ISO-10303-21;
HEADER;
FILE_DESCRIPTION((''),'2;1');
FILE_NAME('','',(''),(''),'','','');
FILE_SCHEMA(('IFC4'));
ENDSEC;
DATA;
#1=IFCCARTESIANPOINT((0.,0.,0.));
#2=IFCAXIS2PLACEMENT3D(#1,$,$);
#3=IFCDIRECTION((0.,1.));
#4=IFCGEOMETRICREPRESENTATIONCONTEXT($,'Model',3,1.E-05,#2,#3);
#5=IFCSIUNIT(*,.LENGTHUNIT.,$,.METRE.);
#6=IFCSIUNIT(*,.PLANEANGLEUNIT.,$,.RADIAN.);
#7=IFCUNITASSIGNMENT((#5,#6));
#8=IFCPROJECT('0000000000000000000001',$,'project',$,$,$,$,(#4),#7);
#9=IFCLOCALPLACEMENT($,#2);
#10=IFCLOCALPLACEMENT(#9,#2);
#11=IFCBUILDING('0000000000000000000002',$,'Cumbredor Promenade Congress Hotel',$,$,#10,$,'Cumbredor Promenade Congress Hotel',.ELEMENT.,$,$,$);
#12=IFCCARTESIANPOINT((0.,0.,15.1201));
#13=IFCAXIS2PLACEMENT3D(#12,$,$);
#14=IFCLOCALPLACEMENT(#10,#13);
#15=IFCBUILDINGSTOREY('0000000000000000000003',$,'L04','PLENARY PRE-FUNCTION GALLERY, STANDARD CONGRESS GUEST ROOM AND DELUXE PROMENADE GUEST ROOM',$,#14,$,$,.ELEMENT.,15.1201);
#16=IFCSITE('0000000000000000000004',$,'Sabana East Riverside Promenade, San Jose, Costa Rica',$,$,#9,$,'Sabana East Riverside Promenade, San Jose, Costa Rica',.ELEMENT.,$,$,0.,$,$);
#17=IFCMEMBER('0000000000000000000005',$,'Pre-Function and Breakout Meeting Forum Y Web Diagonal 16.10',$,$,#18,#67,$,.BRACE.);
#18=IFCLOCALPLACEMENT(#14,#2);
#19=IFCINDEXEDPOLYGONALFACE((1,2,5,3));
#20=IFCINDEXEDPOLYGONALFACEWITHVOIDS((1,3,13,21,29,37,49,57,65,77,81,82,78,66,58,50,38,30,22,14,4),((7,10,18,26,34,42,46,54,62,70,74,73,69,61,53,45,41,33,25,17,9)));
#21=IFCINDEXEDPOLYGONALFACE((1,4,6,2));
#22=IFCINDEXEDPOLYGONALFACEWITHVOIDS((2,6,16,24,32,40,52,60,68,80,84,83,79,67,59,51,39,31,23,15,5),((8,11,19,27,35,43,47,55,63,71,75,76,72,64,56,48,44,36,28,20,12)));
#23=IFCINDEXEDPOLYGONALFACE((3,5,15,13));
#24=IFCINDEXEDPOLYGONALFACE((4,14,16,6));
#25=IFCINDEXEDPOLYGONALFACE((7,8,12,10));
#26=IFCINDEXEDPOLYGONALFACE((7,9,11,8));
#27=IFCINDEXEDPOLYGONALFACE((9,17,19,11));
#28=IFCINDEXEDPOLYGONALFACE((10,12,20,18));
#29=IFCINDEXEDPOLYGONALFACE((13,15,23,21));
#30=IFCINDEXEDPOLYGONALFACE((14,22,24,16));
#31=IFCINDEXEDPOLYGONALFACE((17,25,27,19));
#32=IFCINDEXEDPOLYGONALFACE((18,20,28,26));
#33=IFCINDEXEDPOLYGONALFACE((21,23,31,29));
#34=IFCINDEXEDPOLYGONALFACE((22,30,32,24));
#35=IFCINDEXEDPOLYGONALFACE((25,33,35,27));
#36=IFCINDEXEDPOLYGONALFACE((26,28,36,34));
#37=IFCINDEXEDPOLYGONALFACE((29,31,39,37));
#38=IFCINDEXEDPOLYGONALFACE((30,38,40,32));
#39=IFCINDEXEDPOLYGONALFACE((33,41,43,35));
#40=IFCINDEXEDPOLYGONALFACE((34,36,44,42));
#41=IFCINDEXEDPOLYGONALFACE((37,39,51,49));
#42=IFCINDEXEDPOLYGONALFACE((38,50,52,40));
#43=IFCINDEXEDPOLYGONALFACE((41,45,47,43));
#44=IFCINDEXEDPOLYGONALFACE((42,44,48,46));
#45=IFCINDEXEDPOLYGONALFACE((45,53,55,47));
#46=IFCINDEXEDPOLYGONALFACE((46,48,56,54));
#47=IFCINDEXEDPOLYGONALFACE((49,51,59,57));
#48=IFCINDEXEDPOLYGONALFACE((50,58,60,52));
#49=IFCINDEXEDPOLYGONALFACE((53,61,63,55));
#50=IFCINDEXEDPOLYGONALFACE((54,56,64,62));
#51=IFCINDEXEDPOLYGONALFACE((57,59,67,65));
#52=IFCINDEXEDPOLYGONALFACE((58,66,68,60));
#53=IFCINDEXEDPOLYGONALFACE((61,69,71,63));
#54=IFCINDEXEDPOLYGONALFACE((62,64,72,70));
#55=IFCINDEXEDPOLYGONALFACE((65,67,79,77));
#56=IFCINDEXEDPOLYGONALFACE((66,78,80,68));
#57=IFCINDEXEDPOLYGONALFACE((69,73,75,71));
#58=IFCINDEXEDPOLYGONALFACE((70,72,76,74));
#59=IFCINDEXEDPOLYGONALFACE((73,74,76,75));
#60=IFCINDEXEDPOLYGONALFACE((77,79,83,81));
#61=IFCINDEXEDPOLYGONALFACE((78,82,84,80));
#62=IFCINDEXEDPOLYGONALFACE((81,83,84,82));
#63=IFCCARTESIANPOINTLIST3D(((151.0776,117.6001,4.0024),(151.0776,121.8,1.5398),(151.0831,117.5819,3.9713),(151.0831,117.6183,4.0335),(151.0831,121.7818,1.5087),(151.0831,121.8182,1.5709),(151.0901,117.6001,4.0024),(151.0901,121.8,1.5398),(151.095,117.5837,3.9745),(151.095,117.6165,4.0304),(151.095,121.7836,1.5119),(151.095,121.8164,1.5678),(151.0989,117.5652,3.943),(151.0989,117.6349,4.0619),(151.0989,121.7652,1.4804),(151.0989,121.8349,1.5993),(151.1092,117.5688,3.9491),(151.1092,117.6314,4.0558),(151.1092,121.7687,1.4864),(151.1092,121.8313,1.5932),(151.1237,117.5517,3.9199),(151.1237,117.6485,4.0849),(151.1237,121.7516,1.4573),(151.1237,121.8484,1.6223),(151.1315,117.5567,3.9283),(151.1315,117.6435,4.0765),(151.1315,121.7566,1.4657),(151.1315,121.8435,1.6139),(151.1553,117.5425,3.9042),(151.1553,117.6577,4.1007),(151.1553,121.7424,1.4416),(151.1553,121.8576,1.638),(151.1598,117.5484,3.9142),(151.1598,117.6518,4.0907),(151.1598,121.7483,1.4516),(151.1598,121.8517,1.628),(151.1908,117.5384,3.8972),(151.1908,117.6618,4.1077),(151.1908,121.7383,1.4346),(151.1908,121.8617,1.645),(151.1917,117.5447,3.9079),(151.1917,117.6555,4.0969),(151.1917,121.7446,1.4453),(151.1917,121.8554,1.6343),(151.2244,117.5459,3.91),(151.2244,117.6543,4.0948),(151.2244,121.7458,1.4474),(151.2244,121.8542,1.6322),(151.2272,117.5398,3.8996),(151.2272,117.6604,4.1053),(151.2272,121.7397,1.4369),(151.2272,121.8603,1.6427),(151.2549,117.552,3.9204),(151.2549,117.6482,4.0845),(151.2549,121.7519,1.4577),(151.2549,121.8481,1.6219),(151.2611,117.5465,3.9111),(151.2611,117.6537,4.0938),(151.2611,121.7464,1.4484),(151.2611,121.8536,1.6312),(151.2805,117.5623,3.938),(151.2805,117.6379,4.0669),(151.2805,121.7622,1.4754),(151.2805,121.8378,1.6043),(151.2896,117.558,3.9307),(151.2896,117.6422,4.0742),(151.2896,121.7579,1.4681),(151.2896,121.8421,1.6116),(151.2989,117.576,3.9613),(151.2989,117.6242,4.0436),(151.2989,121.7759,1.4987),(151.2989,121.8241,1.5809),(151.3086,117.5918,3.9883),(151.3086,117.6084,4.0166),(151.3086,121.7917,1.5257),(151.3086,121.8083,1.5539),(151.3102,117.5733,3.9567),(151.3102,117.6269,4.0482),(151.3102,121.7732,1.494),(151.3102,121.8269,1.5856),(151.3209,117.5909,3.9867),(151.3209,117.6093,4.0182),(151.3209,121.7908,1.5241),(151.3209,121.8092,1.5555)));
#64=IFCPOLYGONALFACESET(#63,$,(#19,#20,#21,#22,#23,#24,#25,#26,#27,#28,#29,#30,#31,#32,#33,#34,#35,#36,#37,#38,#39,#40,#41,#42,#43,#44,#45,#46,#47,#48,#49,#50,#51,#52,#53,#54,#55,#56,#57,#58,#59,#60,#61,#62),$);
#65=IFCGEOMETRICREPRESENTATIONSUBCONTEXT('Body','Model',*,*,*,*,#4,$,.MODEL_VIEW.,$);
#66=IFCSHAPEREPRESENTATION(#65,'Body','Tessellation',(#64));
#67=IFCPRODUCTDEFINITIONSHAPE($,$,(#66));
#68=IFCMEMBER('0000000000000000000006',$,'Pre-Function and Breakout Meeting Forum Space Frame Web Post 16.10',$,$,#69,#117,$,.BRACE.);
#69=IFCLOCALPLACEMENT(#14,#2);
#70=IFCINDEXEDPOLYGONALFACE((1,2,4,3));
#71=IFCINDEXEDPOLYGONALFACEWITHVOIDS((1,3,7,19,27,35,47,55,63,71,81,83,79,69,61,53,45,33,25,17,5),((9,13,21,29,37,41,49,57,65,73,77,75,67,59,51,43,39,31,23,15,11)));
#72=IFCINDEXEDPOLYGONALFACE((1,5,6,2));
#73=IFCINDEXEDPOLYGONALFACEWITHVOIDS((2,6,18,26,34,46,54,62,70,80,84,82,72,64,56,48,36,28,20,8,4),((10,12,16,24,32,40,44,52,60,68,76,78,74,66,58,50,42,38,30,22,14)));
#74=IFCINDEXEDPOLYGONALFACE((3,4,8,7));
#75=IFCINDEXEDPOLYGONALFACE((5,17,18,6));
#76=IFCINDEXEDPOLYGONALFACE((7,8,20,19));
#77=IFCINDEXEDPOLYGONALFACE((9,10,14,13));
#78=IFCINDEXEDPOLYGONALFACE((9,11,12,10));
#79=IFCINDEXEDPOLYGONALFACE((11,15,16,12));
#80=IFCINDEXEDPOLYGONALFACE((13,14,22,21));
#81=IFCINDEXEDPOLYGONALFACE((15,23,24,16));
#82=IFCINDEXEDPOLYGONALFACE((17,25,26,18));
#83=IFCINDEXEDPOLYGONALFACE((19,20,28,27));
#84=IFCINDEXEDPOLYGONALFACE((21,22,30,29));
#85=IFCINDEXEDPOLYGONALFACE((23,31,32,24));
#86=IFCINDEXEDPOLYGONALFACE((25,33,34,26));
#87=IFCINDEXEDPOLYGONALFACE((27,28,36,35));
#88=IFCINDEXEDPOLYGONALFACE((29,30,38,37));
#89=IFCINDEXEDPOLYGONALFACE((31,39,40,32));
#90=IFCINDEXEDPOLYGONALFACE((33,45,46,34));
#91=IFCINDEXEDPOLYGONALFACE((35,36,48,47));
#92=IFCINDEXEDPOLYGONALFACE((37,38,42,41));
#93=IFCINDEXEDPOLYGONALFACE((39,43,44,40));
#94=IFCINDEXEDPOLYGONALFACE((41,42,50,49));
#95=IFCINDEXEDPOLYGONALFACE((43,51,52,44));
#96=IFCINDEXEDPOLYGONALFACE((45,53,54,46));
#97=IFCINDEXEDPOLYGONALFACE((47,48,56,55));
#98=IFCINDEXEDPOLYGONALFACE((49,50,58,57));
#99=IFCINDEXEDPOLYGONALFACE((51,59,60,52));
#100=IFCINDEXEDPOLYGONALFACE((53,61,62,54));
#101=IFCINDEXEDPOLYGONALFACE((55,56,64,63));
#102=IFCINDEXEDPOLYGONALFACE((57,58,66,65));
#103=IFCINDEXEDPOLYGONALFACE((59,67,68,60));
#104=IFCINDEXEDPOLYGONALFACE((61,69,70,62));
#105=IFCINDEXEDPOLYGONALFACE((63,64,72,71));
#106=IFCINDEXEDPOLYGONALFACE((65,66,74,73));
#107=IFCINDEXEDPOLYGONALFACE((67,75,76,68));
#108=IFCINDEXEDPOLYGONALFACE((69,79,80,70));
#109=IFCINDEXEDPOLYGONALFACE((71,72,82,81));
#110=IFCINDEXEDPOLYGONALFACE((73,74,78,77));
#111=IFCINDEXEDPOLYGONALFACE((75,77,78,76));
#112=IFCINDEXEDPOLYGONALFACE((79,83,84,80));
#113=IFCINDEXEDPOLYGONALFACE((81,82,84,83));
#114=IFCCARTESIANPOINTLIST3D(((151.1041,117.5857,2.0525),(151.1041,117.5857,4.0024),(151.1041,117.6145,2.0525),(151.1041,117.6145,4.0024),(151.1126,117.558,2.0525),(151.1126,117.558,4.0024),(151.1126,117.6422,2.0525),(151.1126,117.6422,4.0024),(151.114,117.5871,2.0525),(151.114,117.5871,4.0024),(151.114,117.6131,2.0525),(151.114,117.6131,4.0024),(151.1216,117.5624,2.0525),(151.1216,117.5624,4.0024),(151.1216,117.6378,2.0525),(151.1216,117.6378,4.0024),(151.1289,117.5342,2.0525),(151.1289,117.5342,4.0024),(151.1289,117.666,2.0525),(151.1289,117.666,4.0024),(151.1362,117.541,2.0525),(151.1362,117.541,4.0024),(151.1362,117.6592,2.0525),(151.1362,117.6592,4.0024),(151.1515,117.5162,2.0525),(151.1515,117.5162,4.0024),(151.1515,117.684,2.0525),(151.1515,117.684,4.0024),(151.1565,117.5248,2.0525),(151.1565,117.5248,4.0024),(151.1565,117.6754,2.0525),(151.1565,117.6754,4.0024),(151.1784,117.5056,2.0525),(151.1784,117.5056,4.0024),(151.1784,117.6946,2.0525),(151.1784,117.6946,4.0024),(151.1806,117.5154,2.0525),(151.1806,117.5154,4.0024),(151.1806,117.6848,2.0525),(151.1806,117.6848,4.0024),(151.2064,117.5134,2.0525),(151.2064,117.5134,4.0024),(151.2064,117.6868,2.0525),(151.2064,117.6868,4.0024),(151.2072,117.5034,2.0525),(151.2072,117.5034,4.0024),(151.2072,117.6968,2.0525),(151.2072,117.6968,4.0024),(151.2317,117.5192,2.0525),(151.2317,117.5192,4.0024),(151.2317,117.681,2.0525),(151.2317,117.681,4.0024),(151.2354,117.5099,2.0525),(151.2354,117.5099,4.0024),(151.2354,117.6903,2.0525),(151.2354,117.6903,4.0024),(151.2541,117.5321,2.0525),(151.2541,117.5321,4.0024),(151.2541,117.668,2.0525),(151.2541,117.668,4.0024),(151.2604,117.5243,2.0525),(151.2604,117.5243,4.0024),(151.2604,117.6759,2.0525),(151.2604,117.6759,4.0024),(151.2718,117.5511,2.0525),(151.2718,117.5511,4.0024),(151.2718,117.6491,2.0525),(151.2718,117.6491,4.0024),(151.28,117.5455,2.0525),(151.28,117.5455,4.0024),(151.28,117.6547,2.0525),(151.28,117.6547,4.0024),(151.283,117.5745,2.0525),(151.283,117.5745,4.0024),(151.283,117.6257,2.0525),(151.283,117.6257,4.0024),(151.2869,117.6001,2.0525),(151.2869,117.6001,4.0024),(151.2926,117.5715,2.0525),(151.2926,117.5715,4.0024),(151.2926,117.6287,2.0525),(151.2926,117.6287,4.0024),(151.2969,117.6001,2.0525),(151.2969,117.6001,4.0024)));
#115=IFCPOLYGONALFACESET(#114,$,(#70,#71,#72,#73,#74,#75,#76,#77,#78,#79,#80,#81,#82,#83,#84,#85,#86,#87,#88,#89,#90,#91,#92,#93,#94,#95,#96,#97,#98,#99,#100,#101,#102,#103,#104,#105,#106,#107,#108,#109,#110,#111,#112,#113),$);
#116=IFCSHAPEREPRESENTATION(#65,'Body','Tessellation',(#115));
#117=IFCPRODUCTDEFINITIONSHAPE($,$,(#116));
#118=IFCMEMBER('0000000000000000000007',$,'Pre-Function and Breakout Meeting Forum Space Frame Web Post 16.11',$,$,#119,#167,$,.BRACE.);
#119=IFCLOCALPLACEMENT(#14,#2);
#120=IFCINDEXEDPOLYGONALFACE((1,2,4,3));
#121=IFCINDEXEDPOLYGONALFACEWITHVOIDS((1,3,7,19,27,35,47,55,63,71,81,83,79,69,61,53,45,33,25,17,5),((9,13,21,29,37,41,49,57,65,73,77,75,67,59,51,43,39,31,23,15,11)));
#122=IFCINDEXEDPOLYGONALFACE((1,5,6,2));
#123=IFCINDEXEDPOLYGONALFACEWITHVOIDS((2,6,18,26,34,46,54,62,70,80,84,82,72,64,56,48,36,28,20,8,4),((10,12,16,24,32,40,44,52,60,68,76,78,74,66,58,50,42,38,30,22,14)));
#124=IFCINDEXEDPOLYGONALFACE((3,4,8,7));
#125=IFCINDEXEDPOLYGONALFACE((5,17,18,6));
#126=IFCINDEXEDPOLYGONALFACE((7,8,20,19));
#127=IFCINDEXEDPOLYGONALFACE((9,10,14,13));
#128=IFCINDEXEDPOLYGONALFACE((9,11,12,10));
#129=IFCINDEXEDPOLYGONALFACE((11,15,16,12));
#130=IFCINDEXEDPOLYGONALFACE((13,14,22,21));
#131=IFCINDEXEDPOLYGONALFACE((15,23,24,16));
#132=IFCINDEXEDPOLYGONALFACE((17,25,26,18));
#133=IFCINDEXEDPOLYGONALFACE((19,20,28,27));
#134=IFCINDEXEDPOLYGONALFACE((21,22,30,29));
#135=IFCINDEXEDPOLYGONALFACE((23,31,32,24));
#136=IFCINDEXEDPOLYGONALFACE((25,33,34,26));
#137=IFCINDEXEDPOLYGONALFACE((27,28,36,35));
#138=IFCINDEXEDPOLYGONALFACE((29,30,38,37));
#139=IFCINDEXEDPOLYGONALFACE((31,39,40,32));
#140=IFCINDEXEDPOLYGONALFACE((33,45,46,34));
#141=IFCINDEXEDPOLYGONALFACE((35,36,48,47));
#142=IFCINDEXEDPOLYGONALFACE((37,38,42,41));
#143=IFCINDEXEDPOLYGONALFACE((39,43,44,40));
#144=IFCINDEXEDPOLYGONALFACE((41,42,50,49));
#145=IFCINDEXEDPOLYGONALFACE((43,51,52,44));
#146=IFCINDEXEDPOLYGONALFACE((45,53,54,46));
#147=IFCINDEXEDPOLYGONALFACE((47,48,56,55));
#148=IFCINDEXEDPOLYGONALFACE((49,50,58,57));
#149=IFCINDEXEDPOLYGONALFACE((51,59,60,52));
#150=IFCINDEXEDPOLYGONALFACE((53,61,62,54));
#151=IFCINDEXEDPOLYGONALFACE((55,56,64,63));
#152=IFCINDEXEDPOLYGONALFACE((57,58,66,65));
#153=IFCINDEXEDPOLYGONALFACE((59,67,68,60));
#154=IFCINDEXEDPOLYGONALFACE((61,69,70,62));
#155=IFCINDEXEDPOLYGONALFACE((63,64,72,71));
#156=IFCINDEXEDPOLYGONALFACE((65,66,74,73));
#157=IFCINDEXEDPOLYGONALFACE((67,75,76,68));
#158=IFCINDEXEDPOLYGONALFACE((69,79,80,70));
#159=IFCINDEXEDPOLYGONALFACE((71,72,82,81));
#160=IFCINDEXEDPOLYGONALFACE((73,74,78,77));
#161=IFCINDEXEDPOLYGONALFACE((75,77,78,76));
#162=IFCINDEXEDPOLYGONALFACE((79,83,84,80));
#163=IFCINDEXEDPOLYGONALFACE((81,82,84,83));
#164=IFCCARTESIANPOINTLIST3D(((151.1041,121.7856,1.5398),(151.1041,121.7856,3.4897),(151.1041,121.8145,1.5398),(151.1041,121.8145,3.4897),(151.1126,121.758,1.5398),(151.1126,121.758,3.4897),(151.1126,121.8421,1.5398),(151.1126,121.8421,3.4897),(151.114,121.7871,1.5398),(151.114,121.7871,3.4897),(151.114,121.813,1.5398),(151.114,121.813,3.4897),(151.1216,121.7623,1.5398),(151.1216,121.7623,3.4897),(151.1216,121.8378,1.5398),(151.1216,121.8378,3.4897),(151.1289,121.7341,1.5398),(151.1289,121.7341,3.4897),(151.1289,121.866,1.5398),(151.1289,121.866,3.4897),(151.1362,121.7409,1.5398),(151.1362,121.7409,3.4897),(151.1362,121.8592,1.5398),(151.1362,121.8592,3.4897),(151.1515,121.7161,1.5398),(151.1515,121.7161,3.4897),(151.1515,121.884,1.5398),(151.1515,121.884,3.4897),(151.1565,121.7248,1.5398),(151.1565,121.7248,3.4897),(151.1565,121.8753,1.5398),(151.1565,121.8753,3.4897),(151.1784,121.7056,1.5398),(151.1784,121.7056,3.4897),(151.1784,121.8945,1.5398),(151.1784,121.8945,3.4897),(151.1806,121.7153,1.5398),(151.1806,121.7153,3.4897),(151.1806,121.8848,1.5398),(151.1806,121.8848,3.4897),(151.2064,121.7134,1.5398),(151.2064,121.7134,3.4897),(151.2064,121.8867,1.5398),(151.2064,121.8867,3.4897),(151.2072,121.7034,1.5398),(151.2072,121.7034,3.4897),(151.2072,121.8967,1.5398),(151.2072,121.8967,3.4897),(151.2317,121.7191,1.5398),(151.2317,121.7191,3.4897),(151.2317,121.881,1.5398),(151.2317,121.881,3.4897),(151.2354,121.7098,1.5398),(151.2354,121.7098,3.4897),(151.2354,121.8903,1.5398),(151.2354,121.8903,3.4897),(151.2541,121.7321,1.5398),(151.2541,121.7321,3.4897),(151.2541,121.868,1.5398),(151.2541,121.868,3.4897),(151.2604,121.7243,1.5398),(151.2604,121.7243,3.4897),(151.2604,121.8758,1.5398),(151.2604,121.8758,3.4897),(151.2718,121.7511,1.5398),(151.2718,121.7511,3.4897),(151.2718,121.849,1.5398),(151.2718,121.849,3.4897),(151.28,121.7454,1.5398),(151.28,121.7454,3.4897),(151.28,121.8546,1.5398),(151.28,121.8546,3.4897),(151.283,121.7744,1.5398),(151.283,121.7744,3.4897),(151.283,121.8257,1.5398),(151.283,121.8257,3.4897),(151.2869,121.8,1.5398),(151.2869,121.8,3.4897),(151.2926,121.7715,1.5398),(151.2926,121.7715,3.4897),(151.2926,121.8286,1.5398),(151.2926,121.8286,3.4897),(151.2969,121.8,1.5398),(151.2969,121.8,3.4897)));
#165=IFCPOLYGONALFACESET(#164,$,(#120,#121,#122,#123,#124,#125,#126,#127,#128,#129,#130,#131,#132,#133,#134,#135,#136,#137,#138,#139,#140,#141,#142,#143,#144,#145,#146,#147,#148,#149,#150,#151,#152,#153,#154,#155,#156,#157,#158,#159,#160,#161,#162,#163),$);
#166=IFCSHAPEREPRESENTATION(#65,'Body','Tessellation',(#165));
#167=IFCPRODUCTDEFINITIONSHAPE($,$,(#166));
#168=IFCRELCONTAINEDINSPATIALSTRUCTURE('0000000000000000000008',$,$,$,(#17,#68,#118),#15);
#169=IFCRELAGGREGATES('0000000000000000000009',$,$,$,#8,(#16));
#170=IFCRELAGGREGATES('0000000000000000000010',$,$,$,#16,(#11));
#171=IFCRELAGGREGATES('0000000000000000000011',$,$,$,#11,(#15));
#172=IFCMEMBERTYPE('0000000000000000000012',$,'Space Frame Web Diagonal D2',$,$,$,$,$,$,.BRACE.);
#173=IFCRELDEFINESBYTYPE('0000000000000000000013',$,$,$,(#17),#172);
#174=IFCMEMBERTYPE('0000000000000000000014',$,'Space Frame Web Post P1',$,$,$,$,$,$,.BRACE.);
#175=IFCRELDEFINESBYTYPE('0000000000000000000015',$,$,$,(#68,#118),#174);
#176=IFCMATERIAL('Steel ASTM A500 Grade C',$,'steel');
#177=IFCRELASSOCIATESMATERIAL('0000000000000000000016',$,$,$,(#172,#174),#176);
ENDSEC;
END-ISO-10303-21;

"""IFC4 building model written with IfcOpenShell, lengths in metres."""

from ifc_helpers import new_model, si_unit, direction, frame, origin, origin_2d, place, context, subcontext, project, spatial, hollow_circle, extrude, material, material_profile, profile_set, type_object, element, save


model = new_model("IFC4")

# Units and contexts
model_context = context("Model", 3, precision=1e-05, world=origin(), true_north=direction((0.0, 1.0)))
body_context = subcontext(model_context, "Body", "Model", "MODEL_VIEW")
ifc_project = project(units=[si_unit("LENGTHUNIT", "METRE"), si_unit("PLANEANGLEUNIT", "RADIAN")], contexts=[model_context])

# Site, building, storey
site_placement = place(None, origin())
site = spatial("IfcSite", under=ifc_project, at=site_placement, Name="Sabana East Riverside Promenade, San Jose, Costa Rica", LongName="Sabana East Riverside Promenade, San Jose, Costa Rica", CompositionType="ELEMENT", RefElevation=0.0)
building_placement = place(site_placement, origin())
building = spatial("IfcBuilding", under=site, at=building_placement, Name="Cumbredor Promenade Congress Hotel", LongName="Cumbredor Promenade Congress Hotel", CompositionType="ELEMENT")
storey_placement = place(building_placement, frame((0.0, 0.0, 15.1201)))
storey = spatial("IfcBuildingStorey", under=building, at=storey_placement, Name="L04", Description="PLENARY PRE-FUNCTION GALLERY, STANDARD CONGRESS GUEST ROOM AND DELUXE PROMENADE GUEST ROOM", CompositionType="ELEMENT", Elevation=15.1201)

# Members
ifc_material_1 = material(Name="Steel ASTM A500 Grade C", Category="steel")
ifc_material_profile_1 = material_profile(ifc_material_1, hollow_circle(Radius=0.1223, WallThickness=0.0125, at=origin_2d()), Name="CHS 244.5x12.5")
ifc_profile_set_1 = profile_set([ifc_material_profile_1], Name="Steel ASTM A500 Grade C")
member_type_1 = type_object("IfcMemberType", Name="Space Frame Web Diagonal D2", PredefinedType="BRACE", material=ifc_profile_set_1)
member_1_placement = place(storey_placement, frame((151.2, 117.6001, 4.0024), z_axis=(0.0, 0.862644, -0.505812), x_axis=(-1.0, 0.0, 0.0)))
element("IfcMember", 1, at=member_1_placement, inside=storey, type_object=member_type_1, Name="Pre-Function and Breakout Meeting Forum Y Web Diagonal 16.10", PredefinedType="BRACE", context=body_context, shape_type="SweptSolid", body=[
    extrude(hollow_circle(Radius=0.1223, WallThickness=0.0125, at=origin_2d()), origin(), (0.0, 0.0, 1.0), 4.8687),
])
ifc_material_profile_2 = material_profile(ifc_material_1, hollow_circle(Radius=0.0969, WallThickness=0.01, at=origin_2d()), Name="CHS 193.7x10")
ifc_profile_set_2 = profile_set([ifc_material_profile_2], Name="Steel ASTM A500 Grade C")
member_type_2 = type_object("IfcMemberType", Name="Space Frame Web Post P1", PredefinedType="BRACE", material=ifc_profile_set_2)
for number, where, z_axis, x_axis, name in (
    (2, (151.2, 117.6001, 2.0525), (0.0, 0.0, 1.0), (1.0, 0.0, 0.0), "Pre-Function and Breakout Meeting Forum Space Frame Web Post 16.10"),
    (3, (151.2, 121.8, 1.5398), (0.0, 0.0, 1.0), (1.0, 0.0, 0.0), "Pre-Function and Breakout Meeting Forum Space Frame Web Post 16.11"),
):
    element("IfcMember", number, at=place(storey_placement, frame(where, z_axis=z_axis, x_axis=x_axis)), inside=storey, type_object=member_type_2, Name=name, PredefinedType="BRACE", context=body_context, shape_type="SweptSolid", body=[
        extrude(hollow_circle(Radius=0.0969, WallThickness=0.01, at=origin_2d()), origin(), (0.0, 0.0, 1.0), 1.95),
    ])

save(model, "model.ifc")
